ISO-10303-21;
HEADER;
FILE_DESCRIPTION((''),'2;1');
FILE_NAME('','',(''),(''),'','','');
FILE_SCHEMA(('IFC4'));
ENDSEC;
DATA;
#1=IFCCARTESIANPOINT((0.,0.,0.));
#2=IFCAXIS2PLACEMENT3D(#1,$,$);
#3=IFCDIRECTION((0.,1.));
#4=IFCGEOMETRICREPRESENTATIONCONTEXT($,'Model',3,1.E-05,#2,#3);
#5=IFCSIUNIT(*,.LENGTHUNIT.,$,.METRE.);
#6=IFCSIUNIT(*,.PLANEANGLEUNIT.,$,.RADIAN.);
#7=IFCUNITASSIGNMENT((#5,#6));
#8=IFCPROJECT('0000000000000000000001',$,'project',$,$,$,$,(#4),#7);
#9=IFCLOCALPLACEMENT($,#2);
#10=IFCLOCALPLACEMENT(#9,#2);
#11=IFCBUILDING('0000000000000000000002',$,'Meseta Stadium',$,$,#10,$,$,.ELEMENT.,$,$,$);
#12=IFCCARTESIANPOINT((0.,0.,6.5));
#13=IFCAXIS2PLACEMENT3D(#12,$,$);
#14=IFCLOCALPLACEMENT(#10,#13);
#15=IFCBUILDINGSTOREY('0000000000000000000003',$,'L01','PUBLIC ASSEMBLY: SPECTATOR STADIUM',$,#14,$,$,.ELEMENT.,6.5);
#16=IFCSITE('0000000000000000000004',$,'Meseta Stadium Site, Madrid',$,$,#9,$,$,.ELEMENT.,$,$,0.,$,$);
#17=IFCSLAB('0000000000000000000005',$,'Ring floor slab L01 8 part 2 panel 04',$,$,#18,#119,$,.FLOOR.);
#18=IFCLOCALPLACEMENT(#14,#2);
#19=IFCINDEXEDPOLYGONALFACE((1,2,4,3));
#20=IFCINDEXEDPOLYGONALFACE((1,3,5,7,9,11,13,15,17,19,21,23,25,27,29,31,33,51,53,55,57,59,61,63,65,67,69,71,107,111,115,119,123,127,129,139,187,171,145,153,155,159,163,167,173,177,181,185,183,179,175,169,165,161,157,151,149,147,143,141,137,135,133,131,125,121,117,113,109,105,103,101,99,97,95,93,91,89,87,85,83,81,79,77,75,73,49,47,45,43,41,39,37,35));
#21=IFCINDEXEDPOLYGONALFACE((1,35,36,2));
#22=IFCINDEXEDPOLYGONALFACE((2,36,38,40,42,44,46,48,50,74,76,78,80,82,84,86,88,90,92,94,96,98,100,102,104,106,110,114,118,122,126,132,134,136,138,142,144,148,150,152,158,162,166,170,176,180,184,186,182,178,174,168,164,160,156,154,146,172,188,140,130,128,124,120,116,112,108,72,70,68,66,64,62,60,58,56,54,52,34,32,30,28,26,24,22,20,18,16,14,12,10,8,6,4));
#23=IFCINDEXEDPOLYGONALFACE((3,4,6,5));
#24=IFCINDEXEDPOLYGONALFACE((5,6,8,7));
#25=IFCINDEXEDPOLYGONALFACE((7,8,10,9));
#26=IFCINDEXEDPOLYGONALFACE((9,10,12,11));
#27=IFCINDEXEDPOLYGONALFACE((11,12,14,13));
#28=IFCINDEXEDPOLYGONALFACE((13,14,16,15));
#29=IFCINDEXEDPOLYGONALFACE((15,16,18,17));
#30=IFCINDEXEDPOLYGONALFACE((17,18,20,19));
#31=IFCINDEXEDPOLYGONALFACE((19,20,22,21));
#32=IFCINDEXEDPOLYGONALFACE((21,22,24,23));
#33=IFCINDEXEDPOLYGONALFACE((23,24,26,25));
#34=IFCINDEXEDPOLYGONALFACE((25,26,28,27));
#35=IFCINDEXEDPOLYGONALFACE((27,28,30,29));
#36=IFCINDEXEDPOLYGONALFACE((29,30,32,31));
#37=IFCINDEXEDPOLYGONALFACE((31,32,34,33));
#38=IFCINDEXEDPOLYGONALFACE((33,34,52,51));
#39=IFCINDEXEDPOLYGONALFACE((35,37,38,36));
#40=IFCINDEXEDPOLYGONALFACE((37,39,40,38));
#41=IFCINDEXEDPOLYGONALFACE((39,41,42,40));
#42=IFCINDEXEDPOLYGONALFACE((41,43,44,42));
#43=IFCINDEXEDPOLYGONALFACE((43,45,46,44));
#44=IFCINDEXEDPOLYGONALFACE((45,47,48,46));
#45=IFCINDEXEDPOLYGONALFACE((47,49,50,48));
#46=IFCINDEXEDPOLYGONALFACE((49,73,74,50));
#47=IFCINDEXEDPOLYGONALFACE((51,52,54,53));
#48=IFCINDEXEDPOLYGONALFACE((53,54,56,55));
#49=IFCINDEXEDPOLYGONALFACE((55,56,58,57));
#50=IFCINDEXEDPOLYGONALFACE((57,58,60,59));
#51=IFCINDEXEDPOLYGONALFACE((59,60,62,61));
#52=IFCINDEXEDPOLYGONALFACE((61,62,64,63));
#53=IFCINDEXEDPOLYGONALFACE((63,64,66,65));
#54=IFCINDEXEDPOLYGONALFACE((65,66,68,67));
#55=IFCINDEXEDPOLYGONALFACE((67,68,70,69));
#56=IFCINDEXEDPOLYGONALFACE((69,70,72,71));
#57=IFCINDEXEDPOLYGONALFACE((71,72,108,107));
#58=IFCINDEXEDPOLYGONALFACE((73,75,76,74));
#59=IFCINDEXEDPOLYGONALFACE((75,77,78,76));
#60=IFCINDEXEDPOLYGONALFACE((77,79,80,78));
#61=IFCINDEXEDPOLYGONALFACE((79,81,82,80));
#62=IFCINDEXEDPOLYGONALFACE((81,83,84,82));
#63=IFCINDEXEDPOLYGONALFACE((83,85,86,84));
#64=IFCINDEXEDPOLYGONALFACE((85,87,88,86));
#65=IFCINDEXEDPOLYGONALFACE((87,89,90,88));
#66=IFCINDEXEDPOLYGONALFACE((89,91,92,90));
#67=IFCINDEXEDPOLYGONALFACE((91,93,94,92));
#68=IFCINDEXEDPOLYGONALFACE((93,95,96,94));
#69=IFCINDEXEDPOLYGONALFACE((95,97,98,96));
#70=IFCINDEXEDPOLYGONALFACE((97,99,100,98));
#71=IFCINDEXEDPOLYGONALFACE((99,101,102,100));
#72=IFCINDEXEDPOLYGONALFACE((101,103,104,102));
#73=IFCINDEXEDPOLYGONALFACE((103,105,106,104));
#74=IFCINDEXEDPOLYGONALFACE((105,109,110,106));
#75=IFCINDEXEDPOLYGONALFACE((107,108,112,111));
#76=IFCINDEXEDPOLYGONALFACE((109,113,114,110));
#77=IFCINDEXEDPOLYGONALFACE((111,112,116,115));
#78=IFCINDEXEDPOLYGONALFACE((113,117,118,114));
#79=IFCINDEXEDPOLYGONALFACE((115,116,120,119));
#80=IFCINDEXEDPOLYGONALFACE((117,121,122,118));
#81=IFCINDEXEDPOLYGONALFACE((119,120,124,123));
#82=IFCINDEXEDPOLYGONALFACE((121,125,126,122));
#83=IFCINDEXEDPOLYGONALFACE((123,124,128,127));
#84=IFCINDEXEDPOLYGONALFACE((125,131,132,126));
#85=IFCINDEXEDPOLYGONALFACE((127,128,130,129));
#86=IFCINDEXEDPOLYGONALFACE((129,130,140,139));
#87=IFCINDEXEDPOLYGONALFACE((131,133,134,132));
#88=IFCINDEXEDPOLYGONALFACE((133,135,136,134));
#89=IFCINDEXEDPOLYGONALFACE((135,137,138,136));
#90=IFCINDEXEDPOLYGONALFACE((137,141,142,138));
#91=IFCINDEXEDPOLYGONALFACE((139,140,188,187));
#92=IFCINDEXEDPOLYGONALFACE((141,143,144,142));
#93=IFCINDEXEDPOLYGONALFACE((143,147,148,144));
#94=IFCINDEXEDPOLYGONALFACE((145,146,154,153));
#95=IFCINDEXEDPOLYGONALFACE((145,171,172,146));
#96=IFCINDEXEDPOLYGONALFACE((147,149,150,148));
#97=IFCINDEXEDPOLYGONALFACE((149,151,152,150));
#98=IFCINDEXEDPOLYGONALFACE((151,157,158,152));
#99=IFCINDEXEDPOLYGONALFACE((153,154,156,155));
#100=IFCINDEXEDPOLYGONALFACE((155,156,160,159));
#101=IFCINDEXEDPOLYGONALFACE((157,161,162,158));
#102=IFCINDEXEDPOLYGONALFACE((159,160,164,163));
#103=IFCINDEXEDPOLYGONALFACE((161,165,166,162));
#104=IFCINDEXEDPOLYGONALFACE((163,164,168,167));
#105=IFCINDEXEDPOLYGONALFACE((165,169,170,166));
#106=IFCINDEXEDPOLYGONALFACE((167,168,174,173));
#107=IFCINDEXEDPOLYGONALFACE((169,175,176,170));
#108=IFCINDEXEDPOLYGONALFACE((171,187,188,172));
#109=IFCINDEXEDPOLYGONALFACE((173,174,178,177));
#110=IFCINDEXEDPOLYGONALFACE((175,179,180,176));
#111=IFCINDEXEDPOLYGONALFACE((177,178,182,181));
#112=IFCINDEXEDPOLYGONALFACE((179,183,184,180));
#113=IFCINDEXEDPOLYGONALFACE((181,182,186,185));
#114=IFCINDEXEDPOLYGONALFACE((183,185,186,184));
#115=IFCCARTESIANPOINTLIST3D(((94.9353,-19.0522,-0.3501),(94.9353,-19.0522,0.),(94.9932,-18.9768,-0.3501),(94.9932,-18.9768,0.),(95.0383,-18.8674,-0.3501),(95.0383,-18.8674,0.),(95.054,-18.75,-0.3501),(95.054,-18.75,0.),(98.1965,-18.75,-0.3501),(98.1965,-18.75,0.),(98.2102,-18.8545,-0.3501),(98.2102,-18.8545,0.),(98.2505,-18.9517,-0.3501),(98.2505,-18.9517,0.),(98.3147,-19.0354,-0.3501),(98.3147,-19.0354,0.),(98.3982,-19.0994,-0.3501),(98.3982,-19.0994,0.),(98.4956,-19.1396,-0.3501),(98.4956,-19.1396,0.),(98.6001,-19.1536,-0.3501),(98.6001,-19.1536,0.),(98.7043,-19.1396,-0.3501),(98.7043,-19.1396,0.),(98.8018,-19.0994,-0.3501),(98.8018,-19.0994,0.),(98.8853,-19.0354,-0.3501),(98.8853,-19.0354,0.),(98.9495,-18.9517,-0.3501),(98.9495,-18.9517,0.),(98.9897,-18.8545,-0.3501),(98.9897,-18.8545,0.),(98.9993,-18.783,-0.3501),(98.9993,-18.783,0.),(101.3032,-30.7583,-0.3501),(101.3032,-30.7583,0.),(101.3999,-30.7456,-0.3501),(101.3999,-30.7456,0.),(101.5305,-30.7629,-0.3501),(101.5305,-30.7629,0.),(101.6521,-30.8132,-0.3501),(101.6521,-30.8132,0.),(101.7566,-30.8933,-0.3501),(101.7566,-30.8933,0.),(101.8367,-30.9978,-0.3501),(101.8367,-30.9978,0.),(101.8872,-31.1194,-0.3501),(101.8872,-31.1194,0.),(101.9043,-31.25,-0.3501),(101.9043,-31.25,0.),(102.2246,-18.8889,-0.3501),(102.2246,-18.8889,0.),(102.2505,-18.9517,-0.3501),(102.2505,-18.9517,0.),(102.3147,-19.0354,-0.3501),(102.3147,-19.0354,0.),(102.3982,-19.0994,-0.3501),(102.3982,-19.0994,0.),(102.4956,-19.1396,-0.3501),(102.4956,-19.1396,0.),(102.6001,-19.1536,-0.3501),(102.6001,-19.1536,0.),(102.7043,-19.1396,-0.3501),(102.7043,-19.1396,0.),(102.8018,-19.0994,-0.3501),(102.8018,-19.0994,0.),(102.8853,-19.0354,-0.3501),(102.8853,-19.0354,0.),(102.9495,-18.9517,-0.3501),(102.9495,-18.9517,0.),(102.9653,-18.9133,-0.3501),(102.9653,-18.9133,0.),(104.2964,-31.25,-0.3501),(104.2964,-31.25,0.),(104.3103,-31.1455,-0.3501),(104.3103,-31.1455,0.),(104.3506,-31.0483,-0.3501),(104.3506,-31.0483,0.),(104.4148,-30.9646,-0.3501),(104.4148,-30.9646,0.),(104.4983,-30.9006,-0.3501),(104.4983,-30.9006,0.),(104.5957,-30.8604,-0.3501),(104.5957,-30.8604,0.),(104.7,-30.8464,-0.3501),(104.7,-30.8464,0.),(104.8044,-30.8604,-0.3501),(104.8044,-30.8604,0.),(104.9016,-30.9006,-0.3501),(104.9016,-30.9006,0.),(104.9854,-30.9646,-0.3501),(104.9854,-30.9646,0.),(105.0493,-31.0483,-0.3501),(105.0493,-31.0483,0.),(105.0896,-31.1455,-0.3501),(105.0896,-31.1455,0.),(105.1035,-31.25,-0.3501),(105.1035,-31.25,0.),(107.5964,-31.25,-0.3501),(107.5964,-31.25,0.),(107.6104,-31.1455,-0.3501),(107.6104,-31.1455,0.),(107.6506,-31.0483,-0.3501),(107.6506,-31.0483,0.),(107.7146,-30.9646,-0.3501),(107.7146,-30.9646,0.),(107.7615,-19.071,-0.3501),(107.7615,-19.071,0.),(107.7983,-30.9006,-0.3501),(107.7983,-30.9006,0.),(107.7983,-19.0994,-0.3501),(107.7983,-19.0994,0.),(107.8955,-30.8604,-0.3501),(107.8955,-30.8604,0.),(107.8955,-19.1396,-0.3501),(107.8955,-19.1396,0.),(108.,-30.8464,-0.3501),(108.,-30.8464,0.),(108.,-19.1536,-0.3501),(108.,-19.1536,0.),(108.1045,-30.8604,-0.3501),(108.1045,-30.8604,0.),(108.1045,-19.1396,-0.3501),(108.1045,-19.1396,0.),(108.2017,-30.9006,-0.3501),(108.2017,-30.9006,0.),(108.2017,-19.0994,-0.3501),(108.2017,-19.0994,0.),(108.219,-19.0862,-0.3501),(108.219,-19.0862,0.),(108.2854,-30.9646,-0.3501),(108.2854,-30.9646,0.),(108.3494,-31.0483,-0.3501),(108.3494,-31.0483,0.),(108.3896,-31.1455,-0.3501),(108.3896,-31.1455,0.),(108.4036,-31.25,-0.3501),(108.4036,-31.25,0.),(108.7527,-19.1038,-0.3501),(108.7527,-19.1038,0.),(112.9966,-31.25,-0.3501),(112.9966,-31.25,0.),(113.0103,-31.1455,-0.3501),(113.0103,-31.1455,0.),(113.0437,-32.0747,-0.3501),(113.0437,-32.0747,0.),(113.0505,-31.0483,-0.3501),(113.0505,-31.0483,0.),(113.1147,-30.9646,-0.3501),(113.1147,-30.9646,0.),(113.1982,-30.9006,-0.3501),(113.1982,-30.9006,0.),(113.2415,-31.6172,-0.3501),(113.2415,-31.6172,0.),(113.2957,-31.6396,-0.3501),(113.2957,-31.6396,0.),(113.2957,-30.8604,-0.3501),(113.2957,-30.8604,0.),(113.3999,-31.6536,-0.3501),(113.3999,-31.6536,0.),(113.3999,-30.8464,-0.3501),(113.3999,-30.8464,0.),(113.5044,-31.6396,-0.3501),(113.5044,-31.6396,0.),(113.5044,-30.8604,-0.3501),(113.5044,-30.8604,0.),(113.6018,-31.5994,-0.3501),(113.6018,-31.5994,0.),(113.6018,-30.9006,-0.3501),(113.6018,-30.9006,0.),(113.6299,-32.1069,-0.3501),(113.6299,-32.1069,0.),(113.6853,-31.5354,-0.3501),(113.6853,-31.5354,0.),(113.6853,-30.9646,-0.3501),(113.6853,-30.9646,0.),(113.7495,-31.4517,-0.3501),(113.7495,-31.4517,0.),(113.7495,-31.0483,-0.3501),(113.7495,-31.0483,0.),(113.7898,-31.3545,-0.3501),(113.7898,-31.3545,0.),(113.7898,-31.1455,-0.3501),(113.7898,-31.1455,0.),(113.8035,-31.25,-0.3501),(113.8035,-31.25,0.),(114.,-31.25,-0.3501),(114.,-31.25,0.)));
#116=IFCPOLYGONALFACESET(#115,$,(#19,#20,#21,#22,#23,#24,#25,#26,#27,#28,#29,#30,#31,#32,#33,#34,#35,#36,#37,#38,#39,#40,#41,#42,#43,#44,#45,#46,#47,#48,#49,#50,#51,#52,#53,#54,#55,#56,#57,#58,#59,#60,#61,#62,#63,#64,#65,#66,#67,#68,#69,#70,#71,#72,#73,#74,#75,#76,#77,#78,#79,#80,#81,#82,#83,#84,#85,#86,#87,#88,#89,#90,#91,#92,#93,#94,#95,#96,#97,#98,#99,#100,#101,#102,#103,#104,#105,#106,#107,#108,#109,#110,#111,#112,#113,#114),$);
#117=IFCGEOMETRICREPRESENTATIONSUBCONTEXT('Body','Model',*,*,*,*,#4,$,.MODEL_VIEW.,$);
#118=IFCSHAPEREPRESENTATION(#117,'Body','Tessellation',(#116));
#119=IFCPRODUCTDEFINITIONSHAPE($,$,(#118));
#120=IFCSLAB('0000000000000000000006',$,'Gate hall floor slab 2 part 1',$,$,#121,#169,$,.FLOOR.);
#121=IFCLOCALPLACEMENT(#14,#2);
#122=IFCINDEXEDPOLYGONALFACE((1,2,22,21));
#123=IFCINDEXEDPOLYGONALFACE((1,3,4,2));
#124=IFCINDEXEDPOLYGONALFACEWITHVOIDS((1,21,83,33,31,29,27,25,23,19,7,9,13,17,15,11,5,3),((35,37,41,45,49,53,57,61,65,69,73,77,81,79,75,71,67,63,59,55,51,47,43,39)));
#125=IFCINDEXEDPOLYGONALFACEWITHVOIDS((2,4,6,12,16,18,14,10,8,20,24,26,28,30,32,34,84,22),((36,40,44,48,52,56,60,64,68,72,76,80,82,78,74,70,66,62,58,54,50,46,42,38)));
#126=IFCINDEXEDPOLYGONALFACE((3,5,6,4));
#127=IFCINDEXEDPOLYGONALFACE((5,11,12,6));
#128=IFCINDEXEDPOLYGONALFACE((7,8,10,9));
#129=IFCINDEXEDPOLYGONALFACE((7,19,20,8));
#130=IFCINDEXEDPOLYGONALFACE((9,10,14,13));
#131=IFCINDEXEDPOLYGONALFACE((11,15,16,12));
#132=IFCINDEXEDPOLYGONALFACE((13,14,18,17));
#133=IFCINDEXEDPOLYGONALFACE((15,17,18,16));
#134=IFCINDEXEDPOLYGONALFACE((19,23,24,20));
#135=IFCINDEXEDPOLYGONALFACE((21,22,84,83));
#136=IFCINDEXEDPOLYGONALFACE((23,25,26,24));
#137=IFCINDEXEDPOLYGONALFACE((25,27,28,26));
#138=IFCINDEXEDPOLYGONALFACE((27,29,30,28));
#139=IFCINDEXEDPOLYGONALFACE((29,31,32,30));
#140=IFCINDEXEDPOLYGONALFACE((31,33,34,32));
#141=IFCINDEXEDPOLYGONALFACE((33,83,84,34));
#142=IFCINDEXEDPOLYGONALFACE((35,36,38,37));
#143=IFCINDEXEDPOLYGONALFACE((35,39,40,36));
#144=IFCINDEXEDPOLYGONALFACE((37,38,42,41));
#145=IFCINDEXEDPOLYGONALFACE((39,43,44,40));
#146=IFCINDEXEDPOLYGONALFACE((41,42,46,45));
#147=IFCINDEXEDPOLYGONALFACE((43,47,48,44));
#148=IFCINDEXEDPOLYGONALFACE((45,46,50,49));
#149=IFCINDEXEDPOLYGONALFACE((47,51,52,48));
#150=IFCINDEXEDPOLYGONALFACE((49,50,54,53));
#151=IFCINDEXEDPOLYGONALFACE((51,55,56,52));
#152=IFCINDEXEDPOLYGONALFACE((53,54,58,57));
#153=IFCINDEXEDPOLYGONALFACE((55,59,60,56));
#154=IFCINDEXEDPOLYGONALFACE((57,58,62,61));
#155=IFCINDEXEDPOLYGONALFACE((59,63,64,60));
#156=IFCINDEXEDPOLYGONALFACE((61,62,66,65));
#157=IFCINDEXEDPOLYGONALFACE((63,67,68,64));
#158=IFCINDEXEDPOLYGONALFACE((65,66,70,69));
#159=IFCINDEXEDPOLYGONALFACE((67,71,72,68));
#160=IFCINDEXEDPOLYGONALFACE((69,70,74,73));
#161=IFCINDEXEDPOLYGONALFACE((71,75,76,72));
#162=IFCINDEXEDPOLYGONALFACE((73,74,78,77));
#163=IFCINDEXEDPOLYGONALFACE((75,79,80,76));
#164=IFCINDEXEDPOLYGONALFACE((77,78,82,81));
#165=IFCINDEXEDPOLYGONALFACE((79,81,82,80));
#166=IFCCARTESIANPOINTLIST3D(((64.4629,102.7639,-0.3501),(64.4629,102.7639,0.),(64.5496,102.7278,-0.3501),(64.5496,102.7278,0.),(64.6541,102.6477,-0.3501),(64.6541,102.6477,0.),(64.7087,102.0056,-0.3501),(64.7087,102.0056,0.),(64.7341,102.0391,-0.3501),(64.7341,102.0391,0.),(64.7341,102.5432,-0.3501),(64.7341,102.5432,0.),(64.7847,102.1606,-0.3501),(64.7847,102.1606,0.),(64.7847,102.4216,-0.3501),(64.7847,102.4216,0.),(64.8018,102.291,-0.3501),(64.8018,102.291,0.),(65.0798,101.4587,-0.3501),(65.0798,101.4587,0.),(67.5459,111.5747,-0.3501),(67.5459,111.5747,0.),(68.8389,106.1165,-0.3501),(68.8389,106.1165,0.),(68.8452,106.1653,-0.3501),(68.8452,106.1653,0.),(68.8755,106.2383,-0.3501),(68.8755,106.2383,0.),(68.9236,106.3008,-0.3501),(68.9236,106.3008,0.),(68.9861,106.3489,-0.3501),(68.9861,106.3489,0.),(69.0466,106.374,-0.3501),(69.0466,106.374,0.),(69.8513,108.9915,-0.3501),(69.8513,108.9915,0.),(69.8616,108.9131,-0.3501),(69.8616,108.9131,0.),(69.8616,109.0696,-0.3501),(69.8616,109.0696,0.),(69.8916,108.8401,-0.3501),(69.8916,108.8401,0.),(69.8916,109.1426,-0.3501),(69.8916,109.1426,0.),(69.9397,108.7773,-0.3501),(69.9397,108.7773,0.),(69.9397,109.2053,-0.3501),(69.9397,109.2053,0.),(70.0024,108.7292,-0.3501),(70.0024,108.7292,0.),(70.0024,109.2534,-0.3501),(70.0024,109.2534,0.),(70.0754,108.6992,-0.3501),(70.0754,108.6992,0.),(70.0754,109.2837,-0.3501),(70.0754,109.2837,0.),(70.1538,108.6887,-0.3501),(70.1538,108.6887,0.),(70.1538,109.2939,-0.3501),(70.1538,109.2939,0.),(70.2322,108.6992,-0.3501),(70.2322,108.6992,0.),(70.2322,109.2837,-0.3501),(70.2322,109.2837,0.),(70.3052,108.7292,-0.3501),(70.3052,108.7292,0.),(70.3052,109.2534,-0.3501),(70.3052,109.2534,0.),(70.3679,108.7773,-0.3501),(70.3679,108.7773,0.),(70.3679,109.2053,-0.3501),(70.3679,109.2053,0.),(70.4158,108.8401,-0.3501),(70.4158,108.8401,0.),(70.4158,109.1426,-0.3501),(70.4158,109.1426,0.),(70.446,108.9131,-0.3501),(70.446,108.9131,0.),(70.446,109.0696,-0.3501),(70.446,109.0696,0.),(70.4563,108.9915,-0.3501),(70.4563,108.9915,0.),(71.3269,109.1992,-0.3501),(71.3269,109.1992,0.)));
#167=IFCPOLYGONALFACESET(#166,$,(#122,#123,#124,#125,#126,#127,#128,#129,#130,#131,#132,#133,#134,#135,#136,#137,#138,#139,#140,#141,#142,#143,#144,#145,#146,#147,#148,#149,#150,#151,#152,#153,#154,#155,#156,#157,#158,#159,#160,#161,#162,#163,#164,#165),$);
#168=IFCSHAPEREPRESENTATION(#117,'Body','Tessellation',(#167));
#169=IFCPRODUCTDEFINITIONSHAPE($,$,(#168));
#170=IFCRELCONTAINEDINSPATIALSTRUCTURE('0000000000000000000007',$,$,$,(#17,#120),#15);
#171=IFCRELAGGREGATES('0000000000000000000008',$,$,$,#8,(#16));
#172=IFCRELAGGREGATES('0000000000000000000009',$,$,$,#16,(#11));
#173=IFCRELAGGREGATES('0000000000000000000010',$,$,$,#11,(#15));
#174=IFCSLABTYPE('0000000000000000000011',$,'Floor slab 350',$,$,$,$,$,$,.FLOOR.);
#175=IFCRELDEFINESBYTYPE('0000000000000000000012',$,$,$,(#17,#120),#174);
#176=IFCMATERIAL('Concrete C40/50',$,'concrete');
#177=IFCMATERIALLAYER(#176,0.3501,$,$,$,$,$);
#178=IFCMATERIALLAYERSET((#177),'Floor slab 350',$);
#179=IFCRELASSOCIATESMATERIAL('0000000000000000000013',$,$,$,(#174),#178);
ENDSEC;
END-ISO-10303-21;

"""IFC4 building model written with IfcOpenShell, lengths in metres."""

from ifc_helpers import new_model, si_unit, direction, frame, origin, place, context, subcontext, project, spatial, polyline, outline, extrude, material, layer, layer_set, type_object, element, save


model = new_model("IFC4")

# Units and contexts
model_context = context("Model", 3, precision=1e-05, world=origin(), true_north=direction((0.0, 1.0)))
body_context = subcontext(model_context, "Body", "Model", "MODEL_VIEW")
ifc_project = project(units=[si_unit("LENGTHUNIT", "METRE"), si_unit("PLANEANGLEUNIT", "RADIAN")], contexts=[model_context])

# Site, building, storey
site_placement = place(None, origin())
site = spatial("IfcSite", under=ifc_project, at=site_placement, Name="Meseta Stadium Site, Madrid", CompositionType="ELEMENT", RefElevation=0.0)
building_placement = place(site_placement, origin())
building = spatial("IfcBuilding", under=site, at=building_placement, Name="Meseta Stadium", CompositionType="ELEMENT")
storey_placement = place(building_placement, frame((0.0, 0.0, 6.5)))
storey = spatial("IfcBuildingStorey", under=building, at=storey_placement, Name="L01", Description="PUBLIC ASSEMBLY: SPECTATOR STADIUM", CompositionType="ELEMENT", Elevation=6.5)

# Slabs
ifc_material_1 = material(Name="Concrete C40/50", Category="concrete")
ifc_layer = layer(ifc_material_1, 0.3501)
ifc_layer_set = layer_set([ifc_layer], Name="Floor slab 350")
slab_type = type_object("IfcSlabType", Name="Floor slab 350", PredefinedType="FLOOR", material=ifc_layer_set)
slab_1_placement = place(storey_placement, frame((0.0, 0.0, -0.3501)))
element("IfcSlab", 1, at=slab_1_placement, inside=storey, type_object=slab_type, Name="Ring floor slab L01 8 part 2 panel 04", PredefinedType="FLOOR", context=body_context, shape_type="SweptSolid", body=[
    extrude(outline(polyline([(98.2102, -18.8545), (98.1965, -18.75), (95.054, -18.75), (95.0383, -18.8674), (94.9932, -18.9768), (94.9353, -19.0522), (101.3032, -30.7583), (101.3999, -30.7456), (101.5305, -30.7629), (101.6521, -30.8132), (101.7566, -30.8933), (101.8367, -30.9978), (101.8872, -31.1194), (101.9043, -31.25), (104.2964, -31.25), (104.3103, -31.1455), (104.3506, -31.0483), (104.4148, -30.9646), (104.4983, -30.9006), (104.5957, -30.8604), (104.7, -30.8464), (104.8044, -30.8604), (104.9016, -30.9006), (104.9854, -30.9646), (105.0493, -31.0483), (105.0896, -31.1455), (105.1035, -31.25), (107.5964, -31.25), (107.6104, -31.1455), (107.6506, -31.0483), (107.7146, -30.9646), (107.7983, -30.9006), (107.8955, -30.8604), (108.0, -30.8464), (108.1045, -30.8604), (108.2017, -30.9006), (108.2854, -30.9646), (108.3494, -31.0483), (108.3896, -31.1455), (108.4036, -31.25), (112.9966, -31.25), (113.0103, -31.1455), (113.0505, -31.0483), (113.1147, -30.9646), (113.1982, -30.9006), (113.2957, -30.8604), (113.3999, -30.8464), (113.5044, -30.8604), (113.6018, -30.9006), (113.6853, -30.9646), (113.7495, -31.0483), (113.7898, -31.1455), (113.8035, -31.25), (113.7898, -31.3545), (113.7495, -31.4517), (113.6853, -31.5354), (113.6018, -31.5994), (113.5044, -31.6396), (113.3999, -31.6536), (113.2957, -31.6396), (113.2415, -31.6172), (113.0437, -32.0747), (113.6299, -32.1069), (114.0, -31.25), (108.7527, -19.1038), (108.219, -19.0862), (108.2017, -19.0994), (108.1045, -19.1396), (108.0, -19.1536), (107.8955, -19.1396), (107.7983, -19.0994), (107.7615, -19.071), (102.9653, -18.9133), (102.9495, -18.9517), (102.8853, -19.0354), (102.8018, -19.0994), (102.7043, -19.1396), (102.6001, -19.1536), (102.4956, -19.1396), (102.3982, -19.0994), (102.3147, -19.0354), (102.2505, -18.9517), (102.2246, -18.8889), (98.9993, -18.783), (98.9897, -18.8545), (98.9495, -18.9517), (98.8853, -19.0354), (98.8018, -19.0994), (98.7043, -19.1396), (98.6001, -19.1536), (98.4956, -19.1396), (98.3982, -19.0994), (98.3147, -19.0354), (98.2505, -18.9517), (98.2102, -18.8545)])), origin(), (0.0, 0.0, 1.0), 0.3501),
])
slab_2_placement = place(storey_placement, frame((0.0, 0.0, -0.3501)))
element("IfcSlab", 2, at=slab_2_placement, inside=storey, type_object=slab_type, Name="Gate hall floor slab 2 part 1", PredefinedType="FLOOR", context=body_context, shape_type="SweptSolid", body=[
    extrude(outline(polyline([(64.7087, 102.0056), (65.0798, 101.4587), (68.8389, 106.1165), (68.8452, 106.1653), (68.8755, 106.2383), (68.9236, 106.3008), (68.9861, 106.3489), (69.0466, 106.374), (71.3269, 109.1992), (67.5459, 111.5747), (64.4629, 102.7639), (64.5496, 102.7278), (64.6541, 102.6477), (64.7341, 102.5432), (64.7847, 102.4216), (64.8018, 102.291), (64.7847, 102.1606), (64.7341, 102.0391), (64.7087, 102.0056)]), holes=[polyline([(70.3052, 108.7292), (70.2322, 108.6992), (70.1538, 108.6887), (70.0754, 108.6992), (70.0024, 108.7292), (69.9397, 108.7773), (69.8916, 108.8401), (69.8616, 108.9131), (69.8513, 108.9915), (69.8616, 109.0696), (69.8916, 109.1426), (69.9397, 109.2053), (70.0024, 109.2534), (70.0754, 109.2837), (70.1538, 109.2939), (70.2322, 109.2837), (70.3052, 109.2534), (70.3679, 109.2053), (70.4158, 109.1426), (70.446, 109.0696), (70.4563, 108.9915), (70.446, 108.9131), (70.4158, 108.8401), (70.3679, 108.7773), (70.3052, 108.7292)])]), origin(), (0.0, 0.0, 1.0), 0.3501),
])

save(model, "model.ifc")
